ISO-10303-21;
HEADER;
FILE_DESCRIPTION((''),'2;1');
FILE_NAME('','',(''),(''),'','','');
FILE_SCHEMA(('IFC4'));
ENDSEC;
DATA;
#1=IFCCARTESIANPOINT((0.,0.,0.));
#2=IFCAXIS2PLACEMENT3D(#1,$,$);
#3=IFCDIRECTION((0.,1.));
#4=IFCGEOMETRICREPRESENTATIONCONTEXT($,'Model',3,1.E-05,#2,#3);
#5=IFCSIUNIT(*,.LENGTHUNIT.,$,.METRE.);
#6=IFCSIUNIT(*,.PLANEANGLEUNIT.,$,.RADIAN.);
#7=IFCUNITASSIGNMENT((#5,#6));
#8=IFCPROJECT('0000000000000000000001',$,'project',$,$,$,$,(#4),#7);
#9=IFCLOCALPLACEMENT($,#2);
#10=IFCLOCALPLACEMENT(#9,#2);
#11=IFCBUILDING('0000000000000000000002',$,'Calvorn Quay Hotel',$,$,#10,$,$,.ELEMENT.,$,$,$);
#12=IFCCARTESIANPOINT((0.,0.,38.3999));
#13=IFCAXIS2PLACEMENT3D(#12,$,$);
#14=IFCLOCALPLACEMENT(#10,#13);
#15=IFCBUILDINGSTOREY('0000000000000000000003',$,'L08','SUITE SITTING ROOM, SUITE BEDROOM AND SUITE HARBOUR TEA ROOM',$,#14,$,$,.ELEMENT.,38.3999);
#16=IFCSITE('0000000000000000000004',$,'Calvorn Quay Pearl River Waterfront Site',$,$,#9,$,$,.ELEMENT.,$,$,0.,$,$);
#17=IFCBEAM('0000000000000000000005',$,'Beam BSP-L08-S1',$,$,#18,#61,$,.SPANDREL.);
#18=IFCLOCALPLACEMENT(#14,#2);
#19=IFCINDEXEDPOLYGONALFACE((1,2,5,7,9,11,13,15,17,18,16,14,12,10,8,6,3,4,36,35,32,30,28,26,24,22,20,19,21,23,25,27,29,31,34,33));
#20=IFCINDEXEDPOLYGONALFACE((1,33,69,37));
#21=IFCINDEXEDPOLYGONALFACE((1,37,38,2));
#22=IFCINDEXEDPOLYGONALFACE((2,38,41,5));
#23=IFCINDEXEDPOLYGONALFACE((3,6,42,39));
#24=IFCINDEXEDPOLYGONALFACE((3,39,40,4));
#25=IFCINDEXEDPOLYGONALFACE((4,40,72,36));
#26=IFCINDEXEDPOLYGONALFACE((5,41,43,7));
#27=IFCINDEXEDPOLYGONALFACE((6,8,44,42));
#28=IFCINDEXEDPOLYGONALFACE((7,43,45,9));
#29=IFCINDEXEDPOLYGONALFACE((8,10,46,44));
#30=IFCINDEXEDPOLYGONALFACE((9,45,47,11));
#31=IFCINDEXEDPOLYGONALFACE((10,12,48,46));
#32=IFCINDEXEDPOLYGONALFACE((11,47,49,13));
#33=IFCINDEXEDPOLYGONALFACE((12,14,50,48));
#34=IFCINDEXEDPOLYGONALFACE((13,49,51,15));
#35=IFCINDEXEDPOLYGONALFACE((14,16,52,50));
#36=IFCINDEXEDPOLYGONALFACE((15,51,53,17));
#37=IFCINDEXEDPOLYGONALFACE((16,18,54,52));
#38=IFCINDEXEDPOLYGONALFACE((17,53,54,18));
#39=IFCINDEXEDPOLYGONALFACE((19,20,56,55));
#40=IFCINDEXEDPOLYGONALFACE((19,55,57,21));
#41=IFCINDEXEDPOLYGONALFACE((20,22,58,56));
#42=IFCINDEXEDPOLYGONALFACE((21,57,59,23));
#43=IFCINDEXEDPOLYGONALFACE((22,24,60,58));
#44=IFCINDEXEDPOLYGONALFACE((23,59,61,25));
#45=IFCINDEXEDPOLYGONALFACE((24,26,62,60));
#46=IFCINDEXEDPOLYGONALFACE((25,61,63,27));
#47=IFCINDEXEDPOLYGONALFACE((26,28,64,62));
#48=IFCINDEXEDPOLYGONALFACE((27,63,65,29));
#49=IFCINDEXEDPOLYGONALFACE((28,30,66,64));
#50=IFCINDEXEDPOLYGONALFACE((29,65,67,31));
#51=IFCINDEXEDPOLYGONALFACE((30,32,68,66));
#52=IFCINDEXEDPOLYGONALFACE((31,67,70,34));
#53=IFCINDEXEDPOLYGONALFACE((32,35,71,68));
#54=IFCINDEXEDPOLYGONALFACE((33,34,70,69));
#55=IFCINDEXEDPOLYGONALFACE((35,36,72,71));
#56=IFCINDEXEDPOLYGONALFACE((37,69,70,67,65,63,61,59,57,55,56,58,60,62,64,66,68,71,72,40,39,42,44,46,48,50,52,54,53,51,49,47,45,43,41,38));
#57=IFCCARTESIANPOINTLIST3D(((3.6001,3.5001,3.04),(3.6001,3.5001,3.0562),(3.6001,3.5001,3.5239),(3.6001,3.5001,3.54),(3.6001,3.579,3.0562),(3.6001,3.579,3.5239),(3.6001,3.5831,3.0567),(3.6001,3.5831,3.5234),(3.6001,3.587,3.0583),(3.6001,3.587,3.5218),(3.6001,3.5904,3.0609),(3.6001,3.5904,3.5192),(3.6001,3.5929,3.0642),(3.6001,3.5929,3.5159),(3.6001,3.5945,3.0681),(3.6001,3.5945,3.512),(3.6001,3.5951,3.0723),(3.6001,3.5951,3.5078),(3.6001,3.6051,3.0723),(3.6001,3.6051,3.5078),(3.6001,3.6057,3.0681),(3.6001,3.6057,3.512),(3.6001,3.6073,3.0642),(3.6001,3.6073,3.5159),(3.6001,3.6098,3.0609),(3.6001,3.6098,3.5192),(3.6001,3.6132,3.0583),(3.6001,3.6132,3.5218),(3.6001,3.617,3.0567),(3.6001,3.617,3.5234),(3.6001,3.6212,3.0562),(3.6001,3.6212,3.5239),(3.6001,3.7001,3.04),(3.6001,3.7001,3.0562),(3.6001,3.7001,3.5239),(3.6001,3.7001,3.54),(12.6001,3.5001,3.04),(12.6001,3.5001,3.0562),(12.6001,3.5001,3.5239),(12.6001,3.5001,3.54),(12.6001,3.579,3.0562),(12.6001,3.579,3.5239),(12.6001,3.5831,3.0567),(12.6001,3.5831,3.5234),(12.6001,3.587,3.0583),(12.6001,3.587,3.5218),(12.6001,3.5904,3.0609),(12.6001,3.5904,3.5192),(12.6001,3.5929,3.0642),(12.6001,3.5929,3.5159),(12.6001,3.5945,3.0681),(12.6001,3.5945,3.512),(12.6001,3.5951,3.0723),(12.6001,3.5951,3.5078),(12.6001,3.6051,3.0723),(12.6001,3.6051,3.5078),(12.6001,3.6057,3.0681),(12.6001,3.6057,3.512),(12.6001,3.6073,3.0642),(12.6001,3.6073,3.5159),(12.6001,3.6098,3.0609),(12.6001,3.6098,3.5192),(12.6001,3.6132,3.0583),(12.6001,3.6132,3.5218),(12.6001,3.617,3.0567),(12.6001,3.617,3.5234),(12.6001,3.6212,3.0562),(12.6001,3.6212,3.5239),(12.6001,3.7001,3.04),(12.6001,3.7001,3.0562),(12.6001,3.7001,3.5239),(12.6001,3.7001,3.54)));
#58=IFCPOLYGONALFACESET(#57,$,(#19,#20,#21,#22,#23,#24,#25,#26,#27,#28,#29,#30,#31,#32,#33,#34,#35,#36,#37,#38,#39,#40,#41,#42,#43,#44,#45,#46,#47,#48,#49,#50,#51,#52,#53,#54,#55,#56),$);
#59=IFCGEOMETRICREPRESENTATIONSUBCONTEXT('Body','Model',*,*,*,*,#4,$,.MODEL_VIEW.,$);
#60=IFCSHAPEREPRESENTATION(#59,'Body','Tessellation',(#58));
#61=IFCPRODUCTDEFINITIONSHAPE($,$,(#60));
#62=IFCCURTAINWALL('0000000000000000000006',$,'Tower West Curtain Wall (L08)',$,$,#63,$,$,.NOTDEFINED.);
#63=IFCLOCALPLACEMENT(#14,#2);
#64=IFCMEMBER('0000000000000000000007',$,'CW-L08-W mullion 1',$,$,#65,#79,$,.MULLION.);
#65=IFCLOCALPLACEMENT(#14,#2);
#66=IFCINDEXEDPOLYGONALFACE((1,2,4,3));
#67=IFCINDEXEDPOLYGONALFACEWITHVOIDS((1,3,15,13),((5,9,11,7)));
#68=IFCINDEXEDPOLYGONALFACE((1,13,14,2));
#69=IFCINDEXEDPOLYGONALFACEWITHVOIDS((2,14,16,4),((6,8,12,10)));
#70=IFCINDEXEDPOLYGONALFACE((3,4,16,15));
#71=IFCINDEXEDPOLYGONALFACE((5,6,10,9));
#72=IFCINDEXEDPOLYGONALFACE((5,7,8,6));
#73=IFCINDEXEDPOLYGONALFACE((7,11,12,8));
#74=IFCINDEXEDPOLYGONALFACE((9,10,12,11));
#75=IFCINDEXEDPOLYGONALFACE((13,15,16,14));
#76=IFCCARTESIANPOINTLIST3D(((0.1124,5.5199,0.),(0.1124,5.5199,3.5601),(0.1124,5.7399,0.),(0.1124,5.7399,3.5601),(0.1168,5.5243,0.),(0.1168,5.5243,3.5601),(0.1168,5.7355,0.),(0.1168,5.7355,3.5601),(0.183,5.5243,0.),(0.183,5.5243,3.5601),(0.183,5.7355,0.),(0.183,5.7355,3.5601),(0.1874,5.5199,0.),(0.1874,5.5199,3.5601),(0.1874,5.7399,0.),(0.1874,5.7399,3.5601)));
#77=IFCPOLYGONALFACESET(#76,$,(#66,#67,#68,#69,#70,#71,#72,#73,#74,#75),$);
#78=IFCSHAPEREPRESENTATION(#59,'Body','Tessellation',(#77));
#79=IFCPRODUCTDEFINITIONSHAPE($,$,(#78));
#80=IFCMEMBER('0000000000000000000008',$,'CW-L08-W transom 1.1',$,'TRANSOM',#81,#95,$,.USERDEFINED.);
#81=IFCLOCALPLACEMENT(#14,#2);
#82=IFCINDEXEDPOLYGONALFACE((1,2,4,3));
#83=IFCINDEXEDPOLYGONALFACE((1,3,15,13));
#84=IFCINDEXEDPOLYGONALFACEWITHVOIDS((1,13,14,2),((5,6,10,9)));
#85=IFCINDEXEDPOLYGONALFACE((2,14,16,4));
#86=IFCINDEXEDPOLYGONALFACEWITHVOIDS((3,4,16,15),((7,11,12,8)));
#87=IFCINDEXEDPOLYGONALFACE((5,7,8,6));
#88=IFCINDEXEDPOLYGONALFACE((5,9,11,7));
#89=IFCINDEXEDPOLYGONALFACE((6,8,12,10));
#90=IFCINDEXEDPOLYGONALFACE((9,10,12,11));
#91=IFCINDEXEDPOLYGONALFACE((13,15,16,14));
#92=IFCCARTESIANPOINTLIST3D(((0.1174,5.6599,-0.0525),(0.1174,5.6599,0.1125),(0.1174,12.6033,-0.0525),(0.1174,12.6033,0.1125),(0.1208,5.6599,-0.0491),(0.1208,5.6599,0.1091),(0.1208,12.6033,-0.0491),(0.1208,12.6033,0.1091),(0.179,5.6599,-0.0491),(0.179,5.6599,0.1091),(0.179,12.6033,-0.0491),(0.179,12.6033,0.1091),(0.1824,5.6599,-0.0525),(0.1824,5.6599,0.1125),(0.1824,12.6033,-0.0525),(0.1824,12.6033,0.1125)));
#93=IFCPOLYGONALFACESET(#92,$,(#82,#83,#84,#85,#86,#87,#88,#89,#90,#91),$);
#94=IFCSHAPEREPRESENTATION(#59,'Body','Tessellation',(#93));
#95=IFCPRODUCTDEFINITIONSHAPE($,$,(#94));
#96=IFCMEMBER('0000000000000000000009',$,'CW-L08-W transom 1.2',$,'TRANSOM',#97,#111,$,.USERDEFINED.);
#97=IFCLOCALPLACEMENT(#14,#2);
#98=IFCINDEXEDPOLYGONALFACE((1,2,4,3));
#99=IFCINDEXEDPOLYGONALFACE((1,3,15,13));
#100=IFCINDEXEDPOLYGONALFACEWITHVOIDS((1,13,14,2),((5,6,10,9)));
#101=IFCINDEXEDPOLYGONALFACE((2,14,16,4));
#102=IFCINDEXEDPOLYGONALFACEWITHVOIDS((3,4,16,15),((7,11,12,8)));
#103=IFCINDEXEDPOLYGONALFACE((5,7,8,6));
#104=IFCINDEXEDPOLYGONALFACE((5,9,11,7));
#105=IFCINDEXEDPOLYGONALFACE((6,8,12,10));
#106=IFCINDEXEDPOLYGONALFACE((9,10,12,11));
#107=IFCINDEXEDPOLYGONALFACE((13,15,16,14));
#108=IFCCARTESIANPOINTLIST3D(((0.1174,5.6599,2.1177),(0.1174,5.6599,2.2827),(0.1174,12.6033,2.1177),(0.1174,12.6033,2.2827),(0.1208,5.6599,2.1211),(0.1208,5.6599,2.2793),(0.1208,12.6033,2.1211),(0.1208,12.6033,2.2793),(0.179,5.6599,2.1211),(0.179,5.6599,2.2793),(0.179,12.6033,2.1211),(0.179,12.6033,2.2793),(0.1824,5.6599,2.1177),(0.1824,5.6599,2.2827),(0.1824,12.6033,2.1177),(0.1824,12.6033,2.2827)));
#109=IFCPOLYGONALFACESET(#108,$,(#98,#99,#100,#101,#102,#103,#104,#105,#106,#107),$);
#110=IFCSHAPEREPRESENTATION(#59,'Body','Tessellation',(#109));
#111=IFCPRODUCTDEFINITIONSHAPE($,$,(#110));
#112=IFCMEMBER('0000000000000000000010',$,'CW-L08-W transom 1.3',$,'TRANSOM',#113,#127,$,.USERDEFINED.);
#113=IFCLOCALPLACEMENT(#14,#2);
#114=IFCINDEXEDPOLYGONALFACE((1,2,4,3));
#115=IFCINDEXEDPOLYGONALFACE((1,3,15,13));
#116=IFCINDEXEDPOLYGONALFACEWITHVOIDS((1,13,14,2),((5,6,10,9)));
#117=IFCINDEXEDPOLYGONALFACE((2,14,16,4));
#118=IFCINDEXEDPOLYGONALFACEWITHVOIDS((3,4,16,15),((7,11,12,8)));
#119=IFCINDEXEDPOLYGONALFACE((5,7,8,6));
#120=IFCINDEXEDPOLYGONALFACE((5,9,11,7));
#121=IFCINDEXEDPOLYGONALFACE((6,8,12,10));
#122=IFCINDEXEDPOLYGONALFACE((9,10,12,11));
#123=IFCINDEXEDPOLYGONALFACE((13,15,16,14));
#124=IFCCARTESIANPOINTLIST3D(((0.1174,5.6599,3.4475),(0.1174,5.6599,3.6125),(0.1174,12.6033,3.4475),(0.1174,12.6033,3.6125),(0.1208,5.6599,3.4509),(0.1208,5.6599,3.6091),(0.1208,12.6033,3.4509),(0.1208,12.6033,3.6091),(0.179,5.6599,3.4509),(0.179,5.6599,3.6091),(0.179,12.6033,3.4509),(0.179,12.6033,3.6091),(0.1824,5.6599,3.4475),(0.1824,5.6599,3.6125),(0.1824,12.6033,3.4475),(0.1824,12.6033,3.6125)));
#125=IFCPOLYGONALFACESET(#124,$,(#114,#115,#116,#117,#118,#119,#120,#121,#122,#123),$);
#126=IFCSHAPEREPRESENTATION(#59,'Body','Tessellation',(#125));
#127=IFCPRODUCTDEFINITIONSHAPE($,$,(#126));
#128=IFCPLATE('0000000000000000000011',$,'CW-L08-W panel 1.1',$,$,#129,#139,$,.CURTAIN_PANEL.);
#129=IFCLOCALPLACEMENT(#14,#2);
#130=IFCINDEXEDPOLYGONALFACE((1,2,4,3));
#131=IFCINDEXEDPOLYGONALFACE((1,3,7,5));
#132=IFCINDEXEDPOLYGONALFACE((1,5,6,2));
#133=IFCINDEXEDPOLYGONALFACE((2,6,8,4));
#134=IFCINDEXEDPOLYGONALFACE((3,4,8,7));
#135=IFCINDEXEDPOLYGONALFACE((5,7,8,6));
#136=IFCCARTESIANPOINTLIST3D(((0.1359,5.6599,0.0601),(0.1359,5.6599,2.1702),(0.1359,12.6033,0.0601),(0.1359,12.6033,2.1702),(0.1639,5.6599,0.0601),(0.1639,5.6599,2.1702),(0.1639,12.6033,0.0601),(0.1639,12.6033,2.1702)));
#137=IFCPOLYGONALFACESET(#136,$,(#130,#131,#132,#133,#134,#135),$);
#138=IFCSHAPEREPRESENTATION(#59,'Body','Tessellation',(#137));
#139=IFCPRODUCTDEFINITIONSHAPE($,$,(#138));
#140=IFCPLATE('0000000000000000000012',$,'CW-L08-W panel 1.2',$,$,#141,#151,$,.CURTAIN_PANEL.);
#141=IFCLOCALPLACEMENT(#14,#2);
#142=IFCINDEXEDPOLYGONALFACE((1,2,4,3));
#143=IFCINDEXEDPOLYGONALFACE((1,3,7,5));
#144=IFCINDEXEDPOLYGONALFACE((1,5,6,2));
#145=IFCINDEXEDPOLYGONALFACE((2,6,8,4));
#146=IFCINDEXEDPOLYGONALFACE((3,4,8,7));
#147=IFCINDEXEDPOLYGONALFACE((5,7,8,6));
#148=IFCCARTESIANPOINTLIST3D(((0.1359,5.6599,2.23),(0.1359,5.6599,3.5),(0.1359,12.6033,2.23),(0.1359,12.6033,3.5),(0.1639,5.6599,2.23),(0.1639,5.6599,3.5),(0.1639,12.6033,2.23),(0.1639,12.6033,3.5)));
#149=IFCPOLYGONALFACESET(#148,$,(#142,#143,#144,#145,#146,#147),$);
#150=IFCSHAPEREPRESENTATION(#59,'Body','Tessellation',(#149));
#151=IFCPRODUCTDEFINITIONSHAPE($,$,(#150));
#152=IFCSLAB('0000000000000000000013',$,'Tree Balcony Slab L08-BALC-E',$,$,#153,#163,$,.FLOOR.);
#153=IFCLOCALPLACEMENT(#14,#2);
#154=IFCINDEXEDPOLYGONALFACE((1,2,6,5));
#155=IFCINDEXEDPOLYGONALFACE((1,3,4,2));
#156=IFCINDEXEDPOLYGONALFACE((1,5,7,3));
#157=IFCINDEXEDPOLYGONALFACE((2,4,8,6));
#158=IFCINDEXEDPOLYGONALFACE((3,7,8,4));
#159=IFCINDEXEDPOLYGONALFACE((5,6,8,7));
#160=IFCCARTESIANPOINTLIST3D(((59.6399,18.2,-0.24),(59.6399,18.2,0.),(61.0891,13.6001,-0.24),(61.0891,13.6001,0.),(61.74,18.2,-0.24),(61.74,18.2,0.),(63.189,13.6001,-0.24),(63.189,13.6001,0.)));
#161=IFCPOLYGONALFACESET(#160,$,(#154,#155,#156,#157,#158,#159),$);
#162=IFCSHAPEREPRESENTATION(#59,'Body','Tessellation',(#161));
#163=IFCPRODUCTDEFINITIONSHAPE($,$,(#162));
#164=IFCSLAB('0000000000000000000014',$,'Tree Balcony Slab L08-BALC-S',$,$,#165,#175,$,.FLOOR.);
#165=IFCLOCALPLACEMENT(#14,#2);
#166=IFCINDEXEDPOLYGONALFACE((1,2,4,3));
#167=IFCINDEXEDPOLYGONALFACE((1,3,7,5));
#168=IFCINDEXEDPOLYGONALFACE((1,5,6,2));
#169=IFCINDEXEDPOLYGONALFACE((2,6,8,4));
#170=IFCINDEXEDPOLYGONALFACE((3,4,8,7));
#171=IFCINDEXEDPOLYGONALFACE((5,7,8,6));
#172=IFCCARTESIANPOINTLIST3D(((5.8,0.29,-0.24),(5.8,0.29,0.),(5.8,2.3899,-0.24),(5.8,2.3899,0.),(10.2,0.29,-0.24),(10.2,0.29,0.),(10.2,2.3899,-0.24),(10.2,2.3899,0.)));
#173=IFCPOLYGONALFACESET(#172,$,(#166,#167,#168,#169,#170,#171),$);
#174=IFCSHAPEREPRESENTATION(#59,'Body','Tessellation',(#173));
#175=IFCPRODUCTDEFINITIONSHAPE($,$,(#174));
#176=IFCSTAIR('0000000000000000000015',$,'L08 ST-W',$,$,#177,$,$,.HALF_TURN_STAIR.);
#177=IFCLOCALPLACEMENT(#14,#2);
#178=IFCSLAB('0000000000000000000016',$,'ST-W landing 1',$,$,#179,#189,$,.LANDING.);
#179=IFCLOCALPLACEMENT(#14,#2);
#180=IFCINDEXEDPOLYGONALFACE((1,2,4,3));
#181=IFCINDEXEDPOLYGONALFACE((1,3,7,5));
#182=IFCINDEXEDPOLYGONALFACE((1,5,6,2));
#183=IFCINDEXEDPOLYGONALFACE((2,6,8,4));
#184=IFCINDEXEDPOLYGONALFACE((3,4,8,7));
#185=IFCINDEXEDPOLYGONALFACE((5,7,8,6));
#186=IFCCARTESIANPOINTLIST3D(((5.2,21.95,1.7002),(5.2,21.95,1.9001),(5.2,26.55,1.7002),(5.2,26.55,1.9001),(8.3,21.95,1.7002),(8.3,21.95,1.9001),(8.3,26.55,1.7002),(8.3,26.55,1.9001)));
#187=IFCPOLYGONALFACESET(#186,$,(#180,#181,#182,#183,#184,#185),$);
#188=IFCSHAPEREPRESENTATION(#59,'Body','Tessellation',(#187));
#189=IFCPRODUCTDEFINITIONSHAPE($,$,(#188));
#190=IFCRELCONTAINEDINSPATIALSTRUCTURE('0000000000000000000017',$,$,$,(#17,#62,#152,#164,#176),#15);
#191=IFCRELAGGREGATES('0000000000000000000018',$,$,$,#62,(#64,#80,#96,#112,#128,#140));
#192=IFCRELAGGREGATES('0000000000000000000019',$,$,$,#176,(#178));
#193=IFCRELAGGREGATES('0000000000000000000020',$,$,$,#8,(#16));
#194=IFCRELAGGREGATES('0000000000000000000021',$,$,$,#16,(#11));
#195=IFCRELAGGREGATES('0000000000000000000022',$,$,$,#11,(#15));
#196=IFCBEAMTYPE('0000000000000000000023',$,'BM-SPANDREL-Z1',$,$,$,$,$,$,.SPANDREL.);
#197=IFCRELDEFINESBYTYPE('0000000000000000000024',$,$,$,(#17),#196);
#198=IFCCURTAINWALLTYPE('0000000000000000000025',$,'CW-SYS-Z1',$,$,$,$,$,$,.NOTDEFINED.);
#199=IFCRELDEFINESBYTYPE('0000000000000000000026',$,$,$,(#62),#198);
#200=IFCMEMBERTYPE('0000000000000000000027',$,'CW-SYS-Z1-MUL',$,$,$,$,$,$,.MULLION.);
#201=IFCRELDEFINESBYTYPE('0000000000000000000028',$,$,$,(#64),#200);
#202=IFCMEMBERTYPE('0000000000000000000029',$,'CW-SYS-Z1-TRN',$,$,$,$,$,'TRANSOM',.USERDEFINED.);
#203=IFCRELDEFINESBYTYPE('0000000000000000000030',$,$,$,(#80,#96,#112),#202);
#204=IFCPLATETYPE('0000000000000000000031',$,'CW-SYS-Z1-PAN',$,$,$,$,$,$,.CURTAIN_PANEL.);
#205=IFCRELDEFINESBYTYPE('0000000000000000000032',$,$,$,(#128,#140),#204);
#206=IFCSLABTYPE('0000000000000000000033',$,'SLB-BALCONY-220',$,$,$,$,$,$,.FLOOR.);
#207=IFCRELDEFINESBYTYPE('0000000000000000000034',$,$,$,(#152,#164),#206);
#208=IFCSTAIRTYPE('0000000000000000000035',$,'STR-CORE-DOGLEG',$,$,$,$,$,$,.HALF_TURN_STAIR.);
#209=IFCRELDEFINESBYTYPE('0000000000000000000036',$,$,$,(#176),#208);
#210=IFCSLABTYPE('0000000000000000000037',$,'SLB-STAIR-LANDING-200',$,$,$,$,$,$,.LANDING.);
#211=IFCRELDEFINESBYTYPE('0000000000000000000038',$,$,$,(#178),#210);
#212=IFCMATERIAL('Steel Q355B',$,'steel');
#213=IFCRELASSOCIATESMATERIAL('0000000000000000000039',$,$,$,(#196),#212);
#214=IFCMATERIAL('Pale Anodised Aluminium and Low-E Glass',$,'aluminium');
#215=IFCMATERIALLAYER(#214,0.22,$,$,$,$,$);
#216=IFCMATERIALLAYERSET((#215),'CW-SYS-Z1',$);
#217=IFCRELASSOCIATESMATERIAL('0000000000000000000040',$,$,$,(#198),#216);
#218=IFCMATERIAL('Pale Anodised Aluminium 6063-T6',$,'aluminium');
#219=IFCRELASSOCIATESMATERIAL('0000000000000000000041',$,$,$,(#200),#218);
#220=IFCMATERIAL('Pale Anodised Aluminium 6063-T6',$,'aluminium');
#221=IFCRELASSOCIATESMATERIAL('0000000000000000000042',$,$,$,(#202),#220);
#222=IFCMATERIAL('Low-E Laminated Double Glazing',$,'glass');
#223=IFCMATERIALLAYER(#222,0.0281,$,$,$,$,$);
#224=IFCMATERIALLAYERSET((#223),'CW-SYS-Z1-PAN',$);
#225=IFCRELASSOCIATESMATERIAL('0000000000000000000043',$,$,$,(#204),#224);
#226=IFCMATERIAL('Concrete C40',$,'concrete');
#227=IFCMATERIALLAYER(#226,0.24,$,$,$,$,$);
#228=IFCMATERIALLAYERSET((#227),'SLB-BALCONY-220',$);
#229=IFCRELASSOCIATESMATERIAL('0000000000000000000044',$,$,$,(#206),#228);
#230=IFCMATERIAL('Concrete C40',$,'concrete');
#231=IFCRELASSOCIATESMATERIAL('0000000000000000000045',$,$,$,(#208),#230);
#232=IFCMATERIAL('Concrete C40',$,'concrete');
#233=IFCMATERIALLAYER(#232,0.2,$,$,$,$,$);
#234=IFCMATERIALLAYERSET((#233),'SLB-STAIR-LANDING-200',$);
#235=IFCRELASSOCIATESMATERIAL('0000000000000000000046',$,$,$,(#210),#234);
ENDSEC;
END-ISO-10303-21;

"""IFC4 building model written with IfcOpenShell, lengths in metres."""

from ifc_helpers import new_model, si_unit, direction, frame, origin, origin_2d, place, context, subcontext, project, spatial, polyline, rectangle, hollow_rectangle, i_section, outline, extrude, material, layer, layer_set, material_profile, profile_set, type_object, element, aggregate, save


model = new_model("IFC4")

# Units and contexts
model_context = context("Model", 3, precision=1e-05, world=origin(), true_north=direction((0.0, 1.0)))
body_context = subcontext(model_context, "Body", "Model", "MODEL_VIEW")
ifc_project = project(units=[si_unit("LENGTHUNIT", "METRE"), si_unit("PLANEANGLEUNIT", "RADIAN")], contexts=[model_context])

# Site, building, storey
site_placement = place(None, origin())
site = spatial("IfcSite", under=ifc_project, at=site_placement, Name="Calvorn Quay Pearl River Waterfront Site", CompositionType="ELEMENT", RefElevation=0.0)
building_placement = place(site_placement, origin())
building = spatial("IfcBuilding", under=site, at=building_placement, Name="Calvorn Quay Hotel", CompositionType="ELEMENT")
storey_placement = place(building_placement, frame((0.0, 0.0, 38.3999)))
storey = spatial("IfcBuildingStorey", under=building, at=storey_placement, Name="L08", Description="SUITE SITTING ROOM, SUITE BEDROOM AND SUITE HARBOUR TEA ROOM", CompositionType="ELEMENT", Elevation=38.3999)

# Beam
ifc_material_1 = material(Name="Steel Q355B", Category="steel")
ifc_material_profile_1 = material_profile(ifc_material_1, i_section(OverallWidth=0.2, OverallDepth=0.5, WebThickness=0.01, FlangeThickness=0.0161, FilletRadius=0.0161, at=origin_2d()), Name="HN500x200x10x16")
ifc_profile_set_1 = profile_set([ifc_material_profile_1], Name="Steel Q355B")
beam_type_1 = type_object("IfcBeamType", Name="BM-SPANDREL-Z1", PredefinedType="SPANDREL", material=ifc_profile_set_1)
beam_1_placement = place(storey_placement, frame((3.6001, 3.6001, 3.29), z_axis=(1.0, 0.0, 0.0), x_axis=(0.0, 1.0, 0.0)))
element("IfcBeam", 1, at=beam_1_placement, inside=storey, type_object=beam_type_1, Name="Beam BSP-L08-S1", PredefinedType="SPANDREL", context=body_context, shape_type="SweptSolid", body=[
    extrude(i_section(OverallWidth=0.2, OverallDepth=0.5, WebThickness=0.01, FlangeThickness=0.0161, FilletRadius=0.0161, at=origin_2d()), origin(), (0.0, 0.0, 1.0), 9.0),
])

# Curtain wall, members, plates
ifc_material_2 = material(Name="Pale Anodised Aluminium and Low-E Glass", Category="aluminium")
ifc_layer_1 = layer(ifc_material_2, 0.22)
ifc_layer_set_1 = layer_set([ifc_layer_1], Name="CW-SYS-Z1")
curtain_wall_type = type_object("IfcCurtainWallType", Name="CW-SYS-Z1", PredefinedType="NOTDEFINED", material=ifc_layer_set_1)
curtain_wall_placement = place(storey_placement, origin())
curtain_wall = element("IfcCurtainWall", 2, at=curtain_wall_placement, inside=storey, type_object=curtain_wall_type, Name="Tower West Curtain Wall (L08)", PredefinedType="NOTDEFINED")
ifc_material_3 = material(Name="Pale Anodised Aluminium 6063-T6", Category="aluminium")
ifc_material_profile_2 = material_profile(ifc_material_3, hollow_rectangle(XDim=0.075, YDim=0.22, WallThickness=0.0044, at=origin_2d()), Name="ALU-M220x75x4.5")
ifc_profile_set_2 = profile_set([ifc_material_profile_2], Name="Pale Anodised Aluminium 6063-T6")
member_type_1 = type_object("IfcMemberType", Name="CW-SYS-Z1-MUL", PredefinedType="MULLION", material=ifc_profile_set_2)
member_1_placement = place(storey_placement, frame((0.1499, 5.6299, 0.0), z_axis=(0.0, 0.0, 1.0), x_axis=(-1.0, 0.0, 0.0)))
member_1 = element("IfcMember", 3, at=member_1_placement, type_object=member_type_1, Name="CW-L08-W mullion 1", PredefinedType="MULLION", context=body_context, shape_type="SweptSolid", body=[
    extrude(hollow_rectangle(XDim=0.075, YDim=0.22, WallThickness=0.0044, at=origin_2d()), origin(), (0.0, 0.0, 1.0), 3.5601),
])
ifc_material_4 = material(Name="Pale Anodised Aluminium 6063-T6", Category="aluminium")
ifc_material_profile_3 = material_profile(ifc_material_4, hollow_rectangle(XDim=0.0649, YDim=0.165, WallThickness=0.0034, at=origin_2d()), Name="ALU-T165x65x3.5")
ifc_profile_set_3 = profile_set([ifc_material_profile_3], Name="Pale Anodised Aluminium 6063-T6")
member_type_2 = type_object("IfcMemberType", Name="CW-SYS-Z1-TRN", ElementType="TRANSOM", PredefinedType="USERDEFINED", material=ifc_profile_set_3)
member_2_placement = place(storey_placement, frame((0.1499, 5.6599, 0.03), z_axis=(0.0, 1.0, 0.0), x_axis=(-1.0, 0.0, 0.0)))
member_2 = element("IfcMember", 4, at=member_2_placement, type_object=member_type_2, Name="CW-L08-W transom 1.1", ObjectType="TRANSOM", PredefinedType="USERDEFINED", context=body_context, shape_type="SweptSolid", body=[
    extrude(hollow_rectangle(XDim=0.0649, YDim=0.165, WallThickness=0.0034, at=origin_2d()), origin(), (0.0, 0.0, 1.0), 6.9434),
])
member_3_placement = place(storey_placement, frame((0.1499, 5.6599, 2.2002), z_axis=(0.0, 1.0, 0.0), x_axis=(-1.0, 0.0, 0.0)))
member_3 = element("IfcMember", 5, at=member_3_placement, type_object=member_type_2, Name="CW-L08-W transom 1.2", ObjectType="TRANSOM", PredefinedType="USERDEFINED", context=body_context, shape_type="SweptSolid", body=[
    extrude(hollow_rectangle(XDim=0.0649, YDim=0.165, WallThickness=0.0034, at=origin_2d()), origin(), (0.0, 0.0, 1.0), 6.9434),
])
member_4_placement = place(storey_placement, frame((0.1499, 5.6599, 3.53), z_axis=(0.0, 1.0, 0.0), x_axis=(-1.0, 0.0, 0.0)))
member_4 = element("IfcMember", 6, at=member_4_placement, type_object=member_type_2, Name="CW-L08-W transom 1.3", ObjectType="TRANSOM", PredefinedType="USERDEFINED", context=body_context, shape_type="SweptSolid", body=[
    extrude(hollow_rectangle(XDim=0.0649, YDim=0.165, WallThickness=0.0034, at=origin_2d()), origin(), (0.0, 0.0, 1.0), 6.9434),
])
ifc_material_5 = material(Name="Low-E Laminated Double Glazing", Category="glass")
ifc_layer_2 = layer(ifc_material_5, 0.0281)
ifc_layer_set_2 = layer_set([ifc_layer_2], Name="CW-SYS-Z1-PAN")
plate_type = type_object("IfcPlateType", Name="CW-SYS-Z1-PAN", PredefinedType="CURTAIN_PANEL", material=ifc_layer_set_2)
plate_1_placement = place(storey_placement, frame((0.1499, 9.1316, 0.0601), z_axis=(0.0, 0.0, 1.0), x_axis=(0.0, 1.0, 0.0)))
plate_1 = element("IfcPlate", 7, at=plate_1_placement, type_object=plate_type, Name="CW-L08-W panel 1.1", PredefinedType="CURTAIN_PANEL", context=body_context, shape_type="SweptSolid", body=[
    extrude(rectangle(XDim=6.9434, YDim=0.0281, at=origin_2d()), origin(), (0.0, 0.0, 1.0), 2.1101),
])
plate_2_placement = place(storey_placement, frame((0.1499, 9.1316, 2.23), z_axis=(0.0, 0.0, 1.0), x_axis=(0.0, 1.0, 0.0)))
plate_2 = element("IfcPlate", 8, at=plate_2_placement, type_object=plate_type, Name="CW-L08-W panel 1.2", PredefinedType="CURTAIN_PANEL", context=body_context, shape_type="SweptSolid", body=[
    extrude(rectangle(XDim=6.9434, YDim=0.0281, at=origin_2d()), origin(), (0.0, 0.0, 1.0), 1.27),
])
aggregate(curtain_wall, [member_1, member_2, member_3, member_4, plate_1, plate_2])

# Slabs
ifc_material_6 = material(Name="Concrete C40", Category="concrete")
ifc_layer_3 = layer(ifc_material_6, 0.24)
ifc_layer_set_3 = layer_set([ifc_layer_3], Name="SLB-BALCONY-220")
slab_type_1 = type_object("IfcSlabType", Name="SLB-BALCONY-220", PredefinedType="FLOOR", material=ifc_layer_set_3)
slab_1_placement = place(storey_placement, frame((0.0, 0.0, -0.24)))
element("IfcSlab", 9, at=slab_1_placement, inside=storey, type_object=slab_type_1, Name="Tree Balcony Slab L08-BALC-E", PredefinedType="FLOOR", context=body_context, shape_type="SweptSolid", body=[
    extrude(outline(polyline([(61.0891, 13.6001), (63.189, 13.6001), (61.74, 18.2), (59.6399, 18.2), (61.0891, 13.6001)])), origin(), (0.0, 0.0, 1.0), 0.24),
])
slab_2_placement = place(storey_placement, frame((0.0, 0.0, -0.24)))
element("IfcSlab", 10, at=slab_2_placement, inside=storey, type_object=slab_type_1, Name="Tree Balcony Slab L08-BALC-S", PredefinedType="FLOOR", context=body_context, shape_type="SweptSolid", body=[
    extrude(outline(polyline([(5.8, 0.29), (10.2, 0.29), (10.2, 2.3899), (5.8, 2.3899), (5.8, 0.29)])), origin(), (0.0, 0.0, 1.0), 0.24),
])

# Stair, slab
ifc_material_7 = material(Name="Concrete C40", Category="concrete")
stair_type = type_object("IfcStairType", Name="STR-CORE-DOGLEG", PredefinedType="HALF_TURN_STAIR", material=ifc_material_7)
stair_1_placement = place(storey_placement, origin())
stair_1 = element("IfcStair", 11, at=stair_1_placement, inside=storey, type_object=stair_type, Name="L08 ST-W", PredefinedType="HALF_TURN_STAIR")
ifc_material_8 = material(Name="Concrete C40", Category="concrete")
ifc_layer_4 = layer(ifc_material_8, 0.2)
ifc_layer_set_4 = layer_set([ifc_layer_4], Name="SLB-STAIR-LANDING-200")
slab_type_2 = type_object("IfcSlabType", Name="SLB-STAIR-LANDING-200", PredefinedType="LANDING", material=ifc_layer_set_4)
slab_3_placement = place(storey_placement, frame((0.0, 0.0, 1.7002)))
slab_3 = element("IfcSlab", 12, at=slab_3_placement, type_object=slab_type_2, Name="ST-W landing 1", PredefinedType="LANDING", context=body_context, shape_type="SweptSolid", body=[
    extrude(outline(polyline([(8.3, 21.95), (8.3, 26.55), (5.2, 26.55), (5.2, 21.95), (8.3, 21.95)])), origin(), (0.0, 0.0, 1.0), 0.2),
])
aggregate(stair_1, [slab_3])

save(model, "model.ifc")
